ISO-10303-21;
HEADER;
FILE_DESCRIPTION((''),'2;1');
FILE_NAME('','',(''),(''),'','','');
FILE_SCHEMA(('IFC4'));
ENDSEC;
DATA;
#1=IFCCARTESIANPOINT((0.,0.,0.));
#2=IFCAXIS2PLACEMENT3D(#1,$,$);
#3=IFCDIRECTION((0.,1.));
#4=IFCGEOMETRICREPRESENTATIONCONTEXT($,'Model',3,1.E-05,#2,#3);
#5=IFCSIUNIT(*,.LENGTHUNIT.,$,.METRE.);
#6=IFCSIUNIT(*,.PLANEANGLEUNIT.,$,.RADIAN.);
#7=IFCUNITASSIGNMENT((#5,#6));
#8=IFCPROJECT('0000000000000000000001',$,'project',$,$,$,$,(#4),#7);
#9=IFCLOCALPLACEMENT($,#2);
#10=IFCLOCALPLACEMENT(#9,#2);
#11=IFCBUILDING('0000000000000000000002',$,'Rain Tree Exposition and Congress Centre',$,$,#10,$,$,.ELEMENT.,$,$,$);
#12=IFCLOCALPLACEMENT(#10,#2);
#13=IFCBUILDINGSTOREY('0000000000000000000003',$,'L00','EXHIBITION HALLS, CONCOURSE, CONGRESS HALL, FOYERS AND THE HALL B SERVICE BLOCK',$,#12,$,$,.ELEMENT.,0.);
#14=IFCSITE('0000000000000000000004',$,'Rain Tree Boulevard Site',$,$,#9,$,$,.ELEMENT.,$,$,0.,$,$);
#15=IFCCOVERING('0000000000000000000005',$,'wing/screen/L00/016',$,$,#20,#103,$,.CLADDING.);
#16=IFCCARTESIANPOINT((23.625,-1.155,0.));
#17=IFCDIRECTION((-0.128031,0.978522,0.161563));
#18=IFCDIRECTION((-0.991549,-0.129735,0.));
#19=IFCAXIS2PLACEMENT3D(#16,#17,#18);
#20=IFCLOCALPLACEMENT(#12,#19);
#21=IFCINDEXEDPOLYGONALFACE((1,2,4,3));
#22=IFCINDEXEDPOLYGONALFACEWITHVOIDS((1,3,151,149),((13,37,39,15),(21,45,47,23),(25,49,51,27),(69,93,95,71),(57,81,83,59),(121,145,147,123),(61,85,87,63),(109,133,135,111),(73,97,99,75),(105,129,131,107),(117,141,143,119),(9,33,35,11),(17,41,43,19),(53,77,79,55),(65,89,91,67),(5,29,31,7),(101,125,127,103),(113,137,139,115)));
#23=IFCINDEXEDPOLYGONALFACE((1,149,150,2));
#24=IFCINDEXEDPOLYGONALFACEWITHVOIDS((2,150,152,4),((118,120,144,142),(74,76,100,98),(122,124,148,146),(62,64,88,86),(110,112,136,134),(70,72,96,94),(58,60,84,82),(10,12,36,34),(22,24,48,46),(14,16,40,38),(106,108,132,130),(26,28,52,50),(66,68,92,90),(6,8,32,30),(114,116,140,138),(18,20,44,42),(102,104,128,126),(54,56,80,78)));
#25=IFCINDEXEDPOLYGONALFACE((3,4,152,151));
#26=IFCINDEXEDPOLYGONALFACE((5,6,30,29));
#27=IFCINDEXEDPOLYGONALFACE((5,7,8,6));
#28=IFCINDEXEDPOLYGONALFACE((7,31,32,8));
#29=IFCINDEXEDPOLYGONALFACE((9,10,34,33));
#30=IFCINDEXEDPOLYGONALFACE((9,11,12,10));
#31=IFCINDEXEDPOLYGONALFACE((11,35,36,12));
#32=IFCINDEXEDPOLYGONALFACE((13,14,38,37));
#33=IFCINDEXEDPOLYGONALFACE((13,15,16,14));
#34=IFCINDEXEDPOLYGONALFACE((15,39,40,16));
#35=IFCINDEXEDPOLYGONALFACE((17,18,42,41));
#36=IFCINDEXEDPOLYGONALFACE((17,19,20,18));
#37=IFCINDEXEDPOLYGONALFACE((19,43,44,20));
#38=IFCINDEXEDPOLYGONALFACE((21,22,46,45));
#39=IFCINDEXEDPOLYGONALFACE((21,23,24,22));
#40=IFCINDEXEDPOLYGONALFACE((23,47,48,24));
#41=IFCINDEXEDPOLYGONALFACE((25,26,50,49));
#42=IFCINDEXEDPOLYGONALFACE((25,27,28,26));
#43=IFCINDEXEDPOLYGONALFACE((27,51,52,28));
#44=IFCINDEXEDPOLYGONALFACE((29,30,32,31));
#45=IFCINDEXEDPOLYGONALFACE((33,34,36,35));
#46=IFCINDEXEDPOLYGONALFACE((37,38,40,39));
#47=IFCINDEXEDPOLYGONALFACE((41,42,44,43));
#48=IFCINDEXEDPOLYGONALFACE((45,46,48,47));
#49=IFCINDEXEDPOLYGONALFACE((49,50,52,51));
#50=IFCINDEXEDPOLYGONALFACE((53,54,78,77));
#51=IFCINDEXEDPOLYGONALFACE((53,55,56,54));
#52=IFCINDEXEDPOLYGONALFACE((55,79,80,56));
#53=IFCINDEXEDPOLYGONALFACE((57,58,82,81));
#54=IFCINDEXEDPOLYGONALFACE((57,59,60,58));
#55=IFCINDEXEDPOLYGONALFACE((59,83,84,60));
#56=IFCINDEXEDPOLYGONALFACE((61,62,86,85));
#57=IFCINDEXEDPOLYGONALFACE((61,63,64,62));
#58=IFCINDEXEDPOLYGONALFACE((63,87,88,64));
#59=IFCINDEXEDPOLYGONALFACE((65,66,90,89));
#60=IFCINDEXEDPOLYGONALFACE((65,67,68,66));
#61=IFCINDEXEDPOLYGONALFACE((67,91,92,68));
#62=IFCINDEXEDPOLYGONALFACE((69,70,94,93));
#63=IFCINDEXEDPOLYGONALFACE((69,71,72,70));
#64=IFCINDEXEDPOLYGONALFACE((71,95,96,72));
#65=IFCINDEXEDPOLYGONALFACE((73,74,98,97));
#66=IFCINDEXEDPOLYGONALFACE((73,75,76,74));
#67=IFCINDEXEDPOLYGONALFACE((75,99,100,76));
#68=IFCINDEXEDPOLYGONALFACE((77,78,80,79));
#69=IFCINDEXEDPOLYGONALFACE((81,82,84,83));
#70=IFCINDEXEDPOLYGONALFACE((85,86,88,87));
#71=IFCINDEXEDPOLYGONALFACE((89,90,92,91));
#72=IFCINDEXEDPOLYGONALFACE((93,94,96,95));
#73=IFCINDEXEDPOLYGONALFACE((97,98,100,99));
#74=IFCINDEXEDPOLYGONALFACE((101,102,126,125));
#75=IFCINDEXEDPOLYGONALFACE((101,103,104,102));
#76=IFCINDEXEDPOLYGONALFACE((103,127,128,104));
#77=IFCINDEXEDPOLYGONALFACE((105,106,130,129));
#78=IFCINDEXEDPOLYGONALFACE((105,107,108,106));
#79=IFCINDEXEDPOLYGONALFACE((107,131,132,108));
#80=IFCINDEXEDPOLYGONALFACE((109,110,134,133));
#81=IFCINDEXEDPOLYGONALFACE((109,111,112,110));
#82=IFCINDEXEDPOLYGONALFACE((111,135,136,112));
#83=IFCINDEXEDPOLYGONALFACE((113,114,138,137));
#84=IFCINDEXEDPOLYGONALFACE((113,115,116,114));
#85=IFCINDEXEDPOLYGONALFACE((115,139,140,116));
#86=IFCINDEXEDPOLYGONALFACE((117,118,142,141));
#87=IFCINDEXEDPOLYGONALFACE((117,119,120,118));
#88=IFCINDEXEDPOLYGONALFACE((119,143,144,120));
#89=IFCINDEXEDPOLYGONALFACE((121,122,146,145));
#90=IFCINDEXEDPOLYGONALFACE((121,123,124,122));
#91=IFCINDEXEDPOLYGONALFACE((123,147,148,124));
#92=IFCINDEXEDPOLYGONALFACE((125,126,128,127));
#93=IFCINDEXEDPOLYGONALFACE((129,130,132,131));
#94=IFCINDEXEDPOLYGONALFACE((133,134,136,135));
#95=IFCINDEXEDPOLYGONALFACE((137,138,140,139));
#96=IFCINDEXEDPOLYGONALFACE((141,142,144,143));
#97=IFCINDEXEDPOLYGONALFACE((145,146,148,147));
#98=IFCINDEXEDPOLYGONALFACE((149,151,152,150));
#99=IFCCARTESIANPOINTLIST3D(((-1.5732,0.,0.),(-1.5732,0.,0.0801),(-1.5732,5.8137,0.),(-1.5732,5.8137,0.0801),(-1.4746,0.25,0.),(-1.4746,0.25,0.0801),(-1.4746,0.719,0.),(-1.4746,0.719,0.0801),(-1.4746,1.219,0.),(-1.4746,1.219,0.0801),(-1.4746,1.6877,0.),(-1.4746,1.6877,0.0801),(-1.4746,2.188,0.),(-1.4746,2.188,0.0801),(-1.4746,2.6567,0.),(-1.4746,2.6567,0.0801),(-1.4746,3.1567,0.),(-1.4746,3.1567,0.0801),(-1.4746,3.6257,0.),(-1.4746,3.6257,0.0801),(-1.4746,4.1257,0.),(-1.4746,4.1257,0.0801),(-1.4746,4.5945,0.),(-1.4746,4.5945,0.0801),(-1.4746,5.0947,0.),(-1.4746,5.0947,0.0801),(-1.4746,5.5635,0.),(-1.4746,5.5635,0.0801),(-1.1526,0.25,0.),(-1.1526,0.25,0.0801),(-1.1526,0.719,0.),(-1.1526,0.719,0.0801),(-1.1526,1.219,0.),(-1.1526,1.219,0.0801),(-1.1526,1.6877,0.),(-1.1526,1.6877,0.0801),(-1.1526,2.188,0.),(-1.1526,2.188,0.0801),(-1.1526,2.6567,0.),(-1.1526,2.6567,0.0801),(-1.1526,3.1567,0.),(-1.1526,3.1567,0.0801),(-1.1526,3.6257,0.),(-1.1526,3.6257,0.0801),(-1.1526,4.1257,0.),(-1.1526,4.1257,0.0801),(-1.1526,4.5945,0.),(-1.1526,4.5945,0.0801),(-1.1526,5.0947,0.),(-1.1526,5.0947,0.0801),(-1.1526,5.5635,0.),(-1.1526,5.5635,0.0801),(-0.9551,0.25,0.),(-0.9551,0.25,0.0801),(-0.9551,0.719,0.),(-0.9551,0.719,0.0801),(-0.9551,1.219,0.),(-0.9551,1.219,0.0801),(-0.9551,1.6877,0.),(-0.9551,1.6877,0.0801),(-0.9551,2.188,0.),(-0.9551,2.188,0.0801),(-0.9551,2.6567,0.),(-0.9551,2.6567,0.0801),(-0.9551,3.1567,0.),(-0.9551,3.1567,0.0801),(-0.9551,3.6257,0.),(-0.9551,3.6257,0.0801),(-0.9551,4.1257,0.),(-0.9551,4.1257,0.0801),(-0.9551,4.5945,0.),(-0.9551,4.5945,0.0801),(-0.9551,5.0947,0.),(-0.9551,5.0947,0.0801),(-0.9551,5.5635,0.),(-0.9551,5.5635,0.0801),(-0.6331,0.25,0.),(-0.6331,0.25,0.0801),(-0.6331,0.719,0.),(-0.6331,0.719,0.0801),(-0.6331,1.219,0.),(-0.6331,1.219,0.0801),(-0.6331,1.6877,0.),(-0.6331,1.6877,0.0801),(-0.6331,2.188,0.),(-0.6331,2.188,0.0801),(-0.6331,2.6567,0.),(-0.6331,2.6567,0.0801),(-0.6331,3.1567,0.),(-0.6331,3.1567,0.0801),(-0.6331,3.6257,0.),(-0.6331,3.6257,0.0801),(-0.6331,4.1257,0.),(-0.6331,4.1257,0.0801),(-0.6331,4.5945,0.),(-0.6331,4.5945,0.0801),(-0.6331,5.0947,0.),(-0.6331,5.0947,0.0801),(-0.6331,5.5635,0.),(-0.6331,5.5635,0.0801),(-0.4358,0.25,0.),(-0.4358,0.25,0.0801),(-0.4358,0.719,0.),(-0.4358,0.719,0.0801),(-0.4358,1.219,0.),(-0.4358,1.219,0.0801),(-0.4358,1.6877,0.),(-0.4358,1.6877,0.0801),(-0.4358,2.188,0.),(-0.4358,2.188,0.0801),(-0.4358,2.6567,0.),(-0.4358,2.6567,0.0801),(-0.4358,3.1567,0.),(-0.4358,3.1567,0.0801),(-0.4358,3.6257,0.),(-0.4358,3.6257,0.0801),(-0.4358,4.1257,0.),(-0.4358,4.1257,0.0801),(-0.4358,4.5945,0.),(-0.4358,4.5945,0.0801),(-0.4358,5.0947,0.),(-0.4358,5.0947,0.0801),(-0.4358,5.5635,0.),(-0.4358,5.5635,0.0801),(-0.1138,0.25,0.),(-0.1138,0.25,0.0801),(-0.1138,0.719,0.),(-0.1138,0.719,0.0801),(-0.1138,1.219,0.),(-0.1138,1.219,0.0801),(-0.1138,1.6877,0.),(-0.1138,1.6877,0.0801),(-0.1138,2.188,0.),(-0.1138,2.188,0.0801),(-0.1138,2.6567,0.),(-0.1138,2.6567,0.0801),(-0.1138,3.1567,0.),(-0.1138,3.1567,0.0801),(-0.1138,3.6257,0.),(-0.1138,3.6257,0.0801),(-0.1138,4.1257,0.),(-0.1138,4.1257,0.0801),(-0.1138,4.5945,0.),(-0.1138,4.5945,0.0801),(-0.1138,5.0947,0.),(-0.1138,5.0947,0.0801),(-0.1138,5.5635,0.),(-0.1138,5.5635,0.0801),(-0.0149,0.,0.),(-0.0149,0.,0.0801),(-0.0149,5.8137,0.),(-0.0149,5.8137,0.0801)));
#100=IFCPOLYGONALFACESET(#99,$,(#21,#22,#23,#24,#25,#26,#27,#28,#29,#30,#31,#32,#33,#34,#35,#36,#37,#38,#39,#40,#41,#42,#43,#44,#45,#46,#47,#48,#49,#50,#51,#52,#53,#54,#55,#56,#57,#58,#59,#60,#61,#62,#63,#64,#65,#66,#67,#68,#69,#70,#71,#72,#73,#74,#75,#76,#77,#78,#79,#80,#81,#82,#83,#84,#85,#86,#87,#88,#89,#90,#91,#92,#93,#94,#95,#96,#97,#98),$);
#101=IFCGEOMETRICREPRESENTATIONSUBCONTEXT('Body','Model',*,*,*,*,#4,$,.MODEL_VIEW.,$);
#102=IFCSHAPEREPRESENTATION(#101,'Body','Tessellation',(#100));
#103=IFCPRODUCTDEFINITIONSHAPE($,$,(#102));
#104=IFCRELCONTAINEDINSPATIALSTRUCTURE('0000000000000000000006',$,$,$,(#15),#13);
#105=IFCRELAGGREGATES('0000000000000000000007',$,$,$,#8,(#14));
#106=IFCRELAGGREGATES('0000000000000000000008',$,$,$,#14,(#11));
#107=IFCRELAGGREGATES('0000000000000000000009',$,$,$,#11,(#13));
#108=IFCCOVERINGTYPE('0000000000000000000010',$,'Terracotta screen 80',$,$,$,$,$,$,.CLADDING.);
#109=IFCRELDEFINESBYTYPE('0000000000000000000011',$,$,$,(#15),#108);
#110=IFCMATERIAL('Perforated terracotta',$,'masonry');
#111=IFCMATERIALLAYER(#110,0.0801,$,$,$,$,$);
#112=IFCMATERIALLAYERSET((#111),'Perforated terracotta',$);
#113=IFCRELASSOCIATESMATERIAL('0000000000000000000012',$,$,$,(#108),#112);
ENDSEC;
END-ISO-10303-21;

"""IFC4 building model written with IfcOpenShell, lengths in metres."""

from ifc_helpers import new_model, si_unit, direction, frame, origin, place, context, subcontext, project, spatial, polyline, outline, extrude, material, layer, layer_set, type_object, element, save


model = new_model("IFC4")

# Units and contexts
model_context = context("Model", 3, precision=1e-05, world=origin(), true_north=direction((0.0, 1.0)))
body_context = subcontext(model_context, "Body", "Model", "MODEL_VIEW")
ifc_project = project(units=[si_unit("LENGTHUNIT", "METRE"), si_unit("PLANEANGLEUNIT", "RADIAN")], contexts=[model_context])

# Site, building, storey
site_placement = place(None, origin())
site = spatial("IfcSite", under=ifc_project, at=site_placement, Name="Rain Tree Boulevard Site", CompositionType="ELEMENT", RefElevation=0.0)
building_placement = place(site_placement, origin())
building = spatial("IfcBuilding", under=site, at=building_placement, Name="Rain Tree Exposition and Congress Centre", CompositionType="ELEMENT")
storey_placement = place(building_placement, origin())
storey = spatial("IfcBuildingStorey", under=building, at=storey_placement, Name="L00", Description="EXHIBITION HALLS, CONCOURSE, CONGRESS HALL, FOYERS AND THE HALL B SERVICE BLOCK", CompositionType="ELEMENT", Elevation=0.0)

# Covering
ifc_material_1 = material(Name="Perforated terracotta", Category="masonry")
ifc_layer_1 = layer(ifc_material_1, 0.0801)
ifc_layer_set_1 = layer_set([ifc_layer_1], Name="Perforated terracotta")
covering_type = type_object("IfcCoveringType", Name="Terracotta screen 80", PredefinedType="CLADDING", material=ifc_layer_set_1)
covering_1_placement = place(storey_placement, frame((23.625, -1.155, 0.0), z_axis=(-0.128031, 0.978522, 0.161563), x_axis=(-0.991549, -0.129735, 0.0)))
element("IfcCovering", 1, at=covering_1_placement, inside=storey, type_object=covering_type, Name="wing/screen/L00/016", PredefinedType="CLADDING", context=body_context, shape_type="SweptSolid", body=[
    extrude(outline(polyline([(-1.5732, 0.0), (-1.5732, 5.8137), (-0.0149, 5.8137), (-0.0149, 0.0), (-1.5732, 0.0)]), holes=[polyline([(-0.1138, 0.25), (-0.1138, 0.719), (-0.4358, 0.719), (-0.4358, 0.25), (-0.1138, 0.25)]), polyline([(-0.1138, 1.219), (-0.1138, 1.6877), (-0.4358, 1.6877), (-0.4358, 1.219), (-0.1138, 1.219)]), polyline([(-0.1138, 2.188), (-0.1138, 2.6567), (-0.4358, 2.6567), (-0.4358, 2.188), (-0.1138, 2.188)]), polyline([(-0.1138, 3.1567), (-0.1138, 3.6257), (-0.4358, 3.6257), (-0.4358, 3.1567), (-0.1138, 3.1567)]), polyline([(-0.1138, 4.1257), (-0.1138, 4.5945), (-0.4358, 4.5945), (-0.4358, 4.1257), (-0.1138, 4.1257)]), polyline([(-0.1138, 5.0947), (-0.1138, 5.5635), (-0.4358, 5.5635), (-0.4358, 5.0947), (-0.1138, 5.0947)]), polyline([(-0.6331, 0.25), (-0.6331, 0.719), (-0.9551, 0.719), (-0.9551, 0.25), (-0.6331, 0.25)]), polyline([(-0.6331, 1.219), (-0.6331, 1.6877), (-0.9551, 1.6877), (-0.9551, 1.219), (-0.6331, 1.219)]), polyline([(-0.6331, 2.188), (-0.6331, 2.6567), (-0.9551, 2.6567), (-0.9551, 2.188), (-0.6331, 2.188)]), polyline([(-0.6331, 3.1567), (-0.6331, 3.6257), (-0.9551, 3.6257), (-0.9551, 3.1567), (-0.6331, 3.1567)]), polyline([(-0.6331, 4.1257), (-0.6331, 4.5945), (-0.9551, 4.5945), (-0.9551, 4.1257), (-0.6331, 4.1257)]), polyline([(-0.6331, 5.0947), (-0.6331, 5.5635), (-0.9551, 5.5635), (-0.9551, 5.0947), (-0.6331, 5.0947)]), polyline([(-1.1526, 0.25), (-1.1526, 0.719), (-1.4746, 0.719), (-1.4746, 0.25), (-1.1526, 0.25)]), polyline([(-1.1526, 1.219), (-1.1526, 1.6877), (-1.4746, 1.6877), (-1.4746, 1.219), (-1.1526, 1.219)]), polyline([(-1.1526, 2.188), (-1.1526, 2.6567), (-1.4746, 2.6567), (-1.4746, 2.188), (-1.1526, 2.188)]), polyline([(-1.1526, 3.1567), (-1.1526, 3.6257), (-1.4746, 3.6257), (-1.4746, 3.1567), (-1.1526, 3.1567)]), polyline([(-1.1526, 4.1257), (-1.1526, 4.5945), (-1.4746, 4.5945), (-1.4746, 4.1257), (-1.1526, 4.1257)]), polyline([(-1.1526, 5.0947), (-1.1526, 5.5635), (-1.4746, 5.5635), (-1.4746, 5.0947), (-1.1526, 5.0947)])]), origin(), (0.0, 0.0, 1.0), 0.0801),
])

save(model, "model.ifc")
